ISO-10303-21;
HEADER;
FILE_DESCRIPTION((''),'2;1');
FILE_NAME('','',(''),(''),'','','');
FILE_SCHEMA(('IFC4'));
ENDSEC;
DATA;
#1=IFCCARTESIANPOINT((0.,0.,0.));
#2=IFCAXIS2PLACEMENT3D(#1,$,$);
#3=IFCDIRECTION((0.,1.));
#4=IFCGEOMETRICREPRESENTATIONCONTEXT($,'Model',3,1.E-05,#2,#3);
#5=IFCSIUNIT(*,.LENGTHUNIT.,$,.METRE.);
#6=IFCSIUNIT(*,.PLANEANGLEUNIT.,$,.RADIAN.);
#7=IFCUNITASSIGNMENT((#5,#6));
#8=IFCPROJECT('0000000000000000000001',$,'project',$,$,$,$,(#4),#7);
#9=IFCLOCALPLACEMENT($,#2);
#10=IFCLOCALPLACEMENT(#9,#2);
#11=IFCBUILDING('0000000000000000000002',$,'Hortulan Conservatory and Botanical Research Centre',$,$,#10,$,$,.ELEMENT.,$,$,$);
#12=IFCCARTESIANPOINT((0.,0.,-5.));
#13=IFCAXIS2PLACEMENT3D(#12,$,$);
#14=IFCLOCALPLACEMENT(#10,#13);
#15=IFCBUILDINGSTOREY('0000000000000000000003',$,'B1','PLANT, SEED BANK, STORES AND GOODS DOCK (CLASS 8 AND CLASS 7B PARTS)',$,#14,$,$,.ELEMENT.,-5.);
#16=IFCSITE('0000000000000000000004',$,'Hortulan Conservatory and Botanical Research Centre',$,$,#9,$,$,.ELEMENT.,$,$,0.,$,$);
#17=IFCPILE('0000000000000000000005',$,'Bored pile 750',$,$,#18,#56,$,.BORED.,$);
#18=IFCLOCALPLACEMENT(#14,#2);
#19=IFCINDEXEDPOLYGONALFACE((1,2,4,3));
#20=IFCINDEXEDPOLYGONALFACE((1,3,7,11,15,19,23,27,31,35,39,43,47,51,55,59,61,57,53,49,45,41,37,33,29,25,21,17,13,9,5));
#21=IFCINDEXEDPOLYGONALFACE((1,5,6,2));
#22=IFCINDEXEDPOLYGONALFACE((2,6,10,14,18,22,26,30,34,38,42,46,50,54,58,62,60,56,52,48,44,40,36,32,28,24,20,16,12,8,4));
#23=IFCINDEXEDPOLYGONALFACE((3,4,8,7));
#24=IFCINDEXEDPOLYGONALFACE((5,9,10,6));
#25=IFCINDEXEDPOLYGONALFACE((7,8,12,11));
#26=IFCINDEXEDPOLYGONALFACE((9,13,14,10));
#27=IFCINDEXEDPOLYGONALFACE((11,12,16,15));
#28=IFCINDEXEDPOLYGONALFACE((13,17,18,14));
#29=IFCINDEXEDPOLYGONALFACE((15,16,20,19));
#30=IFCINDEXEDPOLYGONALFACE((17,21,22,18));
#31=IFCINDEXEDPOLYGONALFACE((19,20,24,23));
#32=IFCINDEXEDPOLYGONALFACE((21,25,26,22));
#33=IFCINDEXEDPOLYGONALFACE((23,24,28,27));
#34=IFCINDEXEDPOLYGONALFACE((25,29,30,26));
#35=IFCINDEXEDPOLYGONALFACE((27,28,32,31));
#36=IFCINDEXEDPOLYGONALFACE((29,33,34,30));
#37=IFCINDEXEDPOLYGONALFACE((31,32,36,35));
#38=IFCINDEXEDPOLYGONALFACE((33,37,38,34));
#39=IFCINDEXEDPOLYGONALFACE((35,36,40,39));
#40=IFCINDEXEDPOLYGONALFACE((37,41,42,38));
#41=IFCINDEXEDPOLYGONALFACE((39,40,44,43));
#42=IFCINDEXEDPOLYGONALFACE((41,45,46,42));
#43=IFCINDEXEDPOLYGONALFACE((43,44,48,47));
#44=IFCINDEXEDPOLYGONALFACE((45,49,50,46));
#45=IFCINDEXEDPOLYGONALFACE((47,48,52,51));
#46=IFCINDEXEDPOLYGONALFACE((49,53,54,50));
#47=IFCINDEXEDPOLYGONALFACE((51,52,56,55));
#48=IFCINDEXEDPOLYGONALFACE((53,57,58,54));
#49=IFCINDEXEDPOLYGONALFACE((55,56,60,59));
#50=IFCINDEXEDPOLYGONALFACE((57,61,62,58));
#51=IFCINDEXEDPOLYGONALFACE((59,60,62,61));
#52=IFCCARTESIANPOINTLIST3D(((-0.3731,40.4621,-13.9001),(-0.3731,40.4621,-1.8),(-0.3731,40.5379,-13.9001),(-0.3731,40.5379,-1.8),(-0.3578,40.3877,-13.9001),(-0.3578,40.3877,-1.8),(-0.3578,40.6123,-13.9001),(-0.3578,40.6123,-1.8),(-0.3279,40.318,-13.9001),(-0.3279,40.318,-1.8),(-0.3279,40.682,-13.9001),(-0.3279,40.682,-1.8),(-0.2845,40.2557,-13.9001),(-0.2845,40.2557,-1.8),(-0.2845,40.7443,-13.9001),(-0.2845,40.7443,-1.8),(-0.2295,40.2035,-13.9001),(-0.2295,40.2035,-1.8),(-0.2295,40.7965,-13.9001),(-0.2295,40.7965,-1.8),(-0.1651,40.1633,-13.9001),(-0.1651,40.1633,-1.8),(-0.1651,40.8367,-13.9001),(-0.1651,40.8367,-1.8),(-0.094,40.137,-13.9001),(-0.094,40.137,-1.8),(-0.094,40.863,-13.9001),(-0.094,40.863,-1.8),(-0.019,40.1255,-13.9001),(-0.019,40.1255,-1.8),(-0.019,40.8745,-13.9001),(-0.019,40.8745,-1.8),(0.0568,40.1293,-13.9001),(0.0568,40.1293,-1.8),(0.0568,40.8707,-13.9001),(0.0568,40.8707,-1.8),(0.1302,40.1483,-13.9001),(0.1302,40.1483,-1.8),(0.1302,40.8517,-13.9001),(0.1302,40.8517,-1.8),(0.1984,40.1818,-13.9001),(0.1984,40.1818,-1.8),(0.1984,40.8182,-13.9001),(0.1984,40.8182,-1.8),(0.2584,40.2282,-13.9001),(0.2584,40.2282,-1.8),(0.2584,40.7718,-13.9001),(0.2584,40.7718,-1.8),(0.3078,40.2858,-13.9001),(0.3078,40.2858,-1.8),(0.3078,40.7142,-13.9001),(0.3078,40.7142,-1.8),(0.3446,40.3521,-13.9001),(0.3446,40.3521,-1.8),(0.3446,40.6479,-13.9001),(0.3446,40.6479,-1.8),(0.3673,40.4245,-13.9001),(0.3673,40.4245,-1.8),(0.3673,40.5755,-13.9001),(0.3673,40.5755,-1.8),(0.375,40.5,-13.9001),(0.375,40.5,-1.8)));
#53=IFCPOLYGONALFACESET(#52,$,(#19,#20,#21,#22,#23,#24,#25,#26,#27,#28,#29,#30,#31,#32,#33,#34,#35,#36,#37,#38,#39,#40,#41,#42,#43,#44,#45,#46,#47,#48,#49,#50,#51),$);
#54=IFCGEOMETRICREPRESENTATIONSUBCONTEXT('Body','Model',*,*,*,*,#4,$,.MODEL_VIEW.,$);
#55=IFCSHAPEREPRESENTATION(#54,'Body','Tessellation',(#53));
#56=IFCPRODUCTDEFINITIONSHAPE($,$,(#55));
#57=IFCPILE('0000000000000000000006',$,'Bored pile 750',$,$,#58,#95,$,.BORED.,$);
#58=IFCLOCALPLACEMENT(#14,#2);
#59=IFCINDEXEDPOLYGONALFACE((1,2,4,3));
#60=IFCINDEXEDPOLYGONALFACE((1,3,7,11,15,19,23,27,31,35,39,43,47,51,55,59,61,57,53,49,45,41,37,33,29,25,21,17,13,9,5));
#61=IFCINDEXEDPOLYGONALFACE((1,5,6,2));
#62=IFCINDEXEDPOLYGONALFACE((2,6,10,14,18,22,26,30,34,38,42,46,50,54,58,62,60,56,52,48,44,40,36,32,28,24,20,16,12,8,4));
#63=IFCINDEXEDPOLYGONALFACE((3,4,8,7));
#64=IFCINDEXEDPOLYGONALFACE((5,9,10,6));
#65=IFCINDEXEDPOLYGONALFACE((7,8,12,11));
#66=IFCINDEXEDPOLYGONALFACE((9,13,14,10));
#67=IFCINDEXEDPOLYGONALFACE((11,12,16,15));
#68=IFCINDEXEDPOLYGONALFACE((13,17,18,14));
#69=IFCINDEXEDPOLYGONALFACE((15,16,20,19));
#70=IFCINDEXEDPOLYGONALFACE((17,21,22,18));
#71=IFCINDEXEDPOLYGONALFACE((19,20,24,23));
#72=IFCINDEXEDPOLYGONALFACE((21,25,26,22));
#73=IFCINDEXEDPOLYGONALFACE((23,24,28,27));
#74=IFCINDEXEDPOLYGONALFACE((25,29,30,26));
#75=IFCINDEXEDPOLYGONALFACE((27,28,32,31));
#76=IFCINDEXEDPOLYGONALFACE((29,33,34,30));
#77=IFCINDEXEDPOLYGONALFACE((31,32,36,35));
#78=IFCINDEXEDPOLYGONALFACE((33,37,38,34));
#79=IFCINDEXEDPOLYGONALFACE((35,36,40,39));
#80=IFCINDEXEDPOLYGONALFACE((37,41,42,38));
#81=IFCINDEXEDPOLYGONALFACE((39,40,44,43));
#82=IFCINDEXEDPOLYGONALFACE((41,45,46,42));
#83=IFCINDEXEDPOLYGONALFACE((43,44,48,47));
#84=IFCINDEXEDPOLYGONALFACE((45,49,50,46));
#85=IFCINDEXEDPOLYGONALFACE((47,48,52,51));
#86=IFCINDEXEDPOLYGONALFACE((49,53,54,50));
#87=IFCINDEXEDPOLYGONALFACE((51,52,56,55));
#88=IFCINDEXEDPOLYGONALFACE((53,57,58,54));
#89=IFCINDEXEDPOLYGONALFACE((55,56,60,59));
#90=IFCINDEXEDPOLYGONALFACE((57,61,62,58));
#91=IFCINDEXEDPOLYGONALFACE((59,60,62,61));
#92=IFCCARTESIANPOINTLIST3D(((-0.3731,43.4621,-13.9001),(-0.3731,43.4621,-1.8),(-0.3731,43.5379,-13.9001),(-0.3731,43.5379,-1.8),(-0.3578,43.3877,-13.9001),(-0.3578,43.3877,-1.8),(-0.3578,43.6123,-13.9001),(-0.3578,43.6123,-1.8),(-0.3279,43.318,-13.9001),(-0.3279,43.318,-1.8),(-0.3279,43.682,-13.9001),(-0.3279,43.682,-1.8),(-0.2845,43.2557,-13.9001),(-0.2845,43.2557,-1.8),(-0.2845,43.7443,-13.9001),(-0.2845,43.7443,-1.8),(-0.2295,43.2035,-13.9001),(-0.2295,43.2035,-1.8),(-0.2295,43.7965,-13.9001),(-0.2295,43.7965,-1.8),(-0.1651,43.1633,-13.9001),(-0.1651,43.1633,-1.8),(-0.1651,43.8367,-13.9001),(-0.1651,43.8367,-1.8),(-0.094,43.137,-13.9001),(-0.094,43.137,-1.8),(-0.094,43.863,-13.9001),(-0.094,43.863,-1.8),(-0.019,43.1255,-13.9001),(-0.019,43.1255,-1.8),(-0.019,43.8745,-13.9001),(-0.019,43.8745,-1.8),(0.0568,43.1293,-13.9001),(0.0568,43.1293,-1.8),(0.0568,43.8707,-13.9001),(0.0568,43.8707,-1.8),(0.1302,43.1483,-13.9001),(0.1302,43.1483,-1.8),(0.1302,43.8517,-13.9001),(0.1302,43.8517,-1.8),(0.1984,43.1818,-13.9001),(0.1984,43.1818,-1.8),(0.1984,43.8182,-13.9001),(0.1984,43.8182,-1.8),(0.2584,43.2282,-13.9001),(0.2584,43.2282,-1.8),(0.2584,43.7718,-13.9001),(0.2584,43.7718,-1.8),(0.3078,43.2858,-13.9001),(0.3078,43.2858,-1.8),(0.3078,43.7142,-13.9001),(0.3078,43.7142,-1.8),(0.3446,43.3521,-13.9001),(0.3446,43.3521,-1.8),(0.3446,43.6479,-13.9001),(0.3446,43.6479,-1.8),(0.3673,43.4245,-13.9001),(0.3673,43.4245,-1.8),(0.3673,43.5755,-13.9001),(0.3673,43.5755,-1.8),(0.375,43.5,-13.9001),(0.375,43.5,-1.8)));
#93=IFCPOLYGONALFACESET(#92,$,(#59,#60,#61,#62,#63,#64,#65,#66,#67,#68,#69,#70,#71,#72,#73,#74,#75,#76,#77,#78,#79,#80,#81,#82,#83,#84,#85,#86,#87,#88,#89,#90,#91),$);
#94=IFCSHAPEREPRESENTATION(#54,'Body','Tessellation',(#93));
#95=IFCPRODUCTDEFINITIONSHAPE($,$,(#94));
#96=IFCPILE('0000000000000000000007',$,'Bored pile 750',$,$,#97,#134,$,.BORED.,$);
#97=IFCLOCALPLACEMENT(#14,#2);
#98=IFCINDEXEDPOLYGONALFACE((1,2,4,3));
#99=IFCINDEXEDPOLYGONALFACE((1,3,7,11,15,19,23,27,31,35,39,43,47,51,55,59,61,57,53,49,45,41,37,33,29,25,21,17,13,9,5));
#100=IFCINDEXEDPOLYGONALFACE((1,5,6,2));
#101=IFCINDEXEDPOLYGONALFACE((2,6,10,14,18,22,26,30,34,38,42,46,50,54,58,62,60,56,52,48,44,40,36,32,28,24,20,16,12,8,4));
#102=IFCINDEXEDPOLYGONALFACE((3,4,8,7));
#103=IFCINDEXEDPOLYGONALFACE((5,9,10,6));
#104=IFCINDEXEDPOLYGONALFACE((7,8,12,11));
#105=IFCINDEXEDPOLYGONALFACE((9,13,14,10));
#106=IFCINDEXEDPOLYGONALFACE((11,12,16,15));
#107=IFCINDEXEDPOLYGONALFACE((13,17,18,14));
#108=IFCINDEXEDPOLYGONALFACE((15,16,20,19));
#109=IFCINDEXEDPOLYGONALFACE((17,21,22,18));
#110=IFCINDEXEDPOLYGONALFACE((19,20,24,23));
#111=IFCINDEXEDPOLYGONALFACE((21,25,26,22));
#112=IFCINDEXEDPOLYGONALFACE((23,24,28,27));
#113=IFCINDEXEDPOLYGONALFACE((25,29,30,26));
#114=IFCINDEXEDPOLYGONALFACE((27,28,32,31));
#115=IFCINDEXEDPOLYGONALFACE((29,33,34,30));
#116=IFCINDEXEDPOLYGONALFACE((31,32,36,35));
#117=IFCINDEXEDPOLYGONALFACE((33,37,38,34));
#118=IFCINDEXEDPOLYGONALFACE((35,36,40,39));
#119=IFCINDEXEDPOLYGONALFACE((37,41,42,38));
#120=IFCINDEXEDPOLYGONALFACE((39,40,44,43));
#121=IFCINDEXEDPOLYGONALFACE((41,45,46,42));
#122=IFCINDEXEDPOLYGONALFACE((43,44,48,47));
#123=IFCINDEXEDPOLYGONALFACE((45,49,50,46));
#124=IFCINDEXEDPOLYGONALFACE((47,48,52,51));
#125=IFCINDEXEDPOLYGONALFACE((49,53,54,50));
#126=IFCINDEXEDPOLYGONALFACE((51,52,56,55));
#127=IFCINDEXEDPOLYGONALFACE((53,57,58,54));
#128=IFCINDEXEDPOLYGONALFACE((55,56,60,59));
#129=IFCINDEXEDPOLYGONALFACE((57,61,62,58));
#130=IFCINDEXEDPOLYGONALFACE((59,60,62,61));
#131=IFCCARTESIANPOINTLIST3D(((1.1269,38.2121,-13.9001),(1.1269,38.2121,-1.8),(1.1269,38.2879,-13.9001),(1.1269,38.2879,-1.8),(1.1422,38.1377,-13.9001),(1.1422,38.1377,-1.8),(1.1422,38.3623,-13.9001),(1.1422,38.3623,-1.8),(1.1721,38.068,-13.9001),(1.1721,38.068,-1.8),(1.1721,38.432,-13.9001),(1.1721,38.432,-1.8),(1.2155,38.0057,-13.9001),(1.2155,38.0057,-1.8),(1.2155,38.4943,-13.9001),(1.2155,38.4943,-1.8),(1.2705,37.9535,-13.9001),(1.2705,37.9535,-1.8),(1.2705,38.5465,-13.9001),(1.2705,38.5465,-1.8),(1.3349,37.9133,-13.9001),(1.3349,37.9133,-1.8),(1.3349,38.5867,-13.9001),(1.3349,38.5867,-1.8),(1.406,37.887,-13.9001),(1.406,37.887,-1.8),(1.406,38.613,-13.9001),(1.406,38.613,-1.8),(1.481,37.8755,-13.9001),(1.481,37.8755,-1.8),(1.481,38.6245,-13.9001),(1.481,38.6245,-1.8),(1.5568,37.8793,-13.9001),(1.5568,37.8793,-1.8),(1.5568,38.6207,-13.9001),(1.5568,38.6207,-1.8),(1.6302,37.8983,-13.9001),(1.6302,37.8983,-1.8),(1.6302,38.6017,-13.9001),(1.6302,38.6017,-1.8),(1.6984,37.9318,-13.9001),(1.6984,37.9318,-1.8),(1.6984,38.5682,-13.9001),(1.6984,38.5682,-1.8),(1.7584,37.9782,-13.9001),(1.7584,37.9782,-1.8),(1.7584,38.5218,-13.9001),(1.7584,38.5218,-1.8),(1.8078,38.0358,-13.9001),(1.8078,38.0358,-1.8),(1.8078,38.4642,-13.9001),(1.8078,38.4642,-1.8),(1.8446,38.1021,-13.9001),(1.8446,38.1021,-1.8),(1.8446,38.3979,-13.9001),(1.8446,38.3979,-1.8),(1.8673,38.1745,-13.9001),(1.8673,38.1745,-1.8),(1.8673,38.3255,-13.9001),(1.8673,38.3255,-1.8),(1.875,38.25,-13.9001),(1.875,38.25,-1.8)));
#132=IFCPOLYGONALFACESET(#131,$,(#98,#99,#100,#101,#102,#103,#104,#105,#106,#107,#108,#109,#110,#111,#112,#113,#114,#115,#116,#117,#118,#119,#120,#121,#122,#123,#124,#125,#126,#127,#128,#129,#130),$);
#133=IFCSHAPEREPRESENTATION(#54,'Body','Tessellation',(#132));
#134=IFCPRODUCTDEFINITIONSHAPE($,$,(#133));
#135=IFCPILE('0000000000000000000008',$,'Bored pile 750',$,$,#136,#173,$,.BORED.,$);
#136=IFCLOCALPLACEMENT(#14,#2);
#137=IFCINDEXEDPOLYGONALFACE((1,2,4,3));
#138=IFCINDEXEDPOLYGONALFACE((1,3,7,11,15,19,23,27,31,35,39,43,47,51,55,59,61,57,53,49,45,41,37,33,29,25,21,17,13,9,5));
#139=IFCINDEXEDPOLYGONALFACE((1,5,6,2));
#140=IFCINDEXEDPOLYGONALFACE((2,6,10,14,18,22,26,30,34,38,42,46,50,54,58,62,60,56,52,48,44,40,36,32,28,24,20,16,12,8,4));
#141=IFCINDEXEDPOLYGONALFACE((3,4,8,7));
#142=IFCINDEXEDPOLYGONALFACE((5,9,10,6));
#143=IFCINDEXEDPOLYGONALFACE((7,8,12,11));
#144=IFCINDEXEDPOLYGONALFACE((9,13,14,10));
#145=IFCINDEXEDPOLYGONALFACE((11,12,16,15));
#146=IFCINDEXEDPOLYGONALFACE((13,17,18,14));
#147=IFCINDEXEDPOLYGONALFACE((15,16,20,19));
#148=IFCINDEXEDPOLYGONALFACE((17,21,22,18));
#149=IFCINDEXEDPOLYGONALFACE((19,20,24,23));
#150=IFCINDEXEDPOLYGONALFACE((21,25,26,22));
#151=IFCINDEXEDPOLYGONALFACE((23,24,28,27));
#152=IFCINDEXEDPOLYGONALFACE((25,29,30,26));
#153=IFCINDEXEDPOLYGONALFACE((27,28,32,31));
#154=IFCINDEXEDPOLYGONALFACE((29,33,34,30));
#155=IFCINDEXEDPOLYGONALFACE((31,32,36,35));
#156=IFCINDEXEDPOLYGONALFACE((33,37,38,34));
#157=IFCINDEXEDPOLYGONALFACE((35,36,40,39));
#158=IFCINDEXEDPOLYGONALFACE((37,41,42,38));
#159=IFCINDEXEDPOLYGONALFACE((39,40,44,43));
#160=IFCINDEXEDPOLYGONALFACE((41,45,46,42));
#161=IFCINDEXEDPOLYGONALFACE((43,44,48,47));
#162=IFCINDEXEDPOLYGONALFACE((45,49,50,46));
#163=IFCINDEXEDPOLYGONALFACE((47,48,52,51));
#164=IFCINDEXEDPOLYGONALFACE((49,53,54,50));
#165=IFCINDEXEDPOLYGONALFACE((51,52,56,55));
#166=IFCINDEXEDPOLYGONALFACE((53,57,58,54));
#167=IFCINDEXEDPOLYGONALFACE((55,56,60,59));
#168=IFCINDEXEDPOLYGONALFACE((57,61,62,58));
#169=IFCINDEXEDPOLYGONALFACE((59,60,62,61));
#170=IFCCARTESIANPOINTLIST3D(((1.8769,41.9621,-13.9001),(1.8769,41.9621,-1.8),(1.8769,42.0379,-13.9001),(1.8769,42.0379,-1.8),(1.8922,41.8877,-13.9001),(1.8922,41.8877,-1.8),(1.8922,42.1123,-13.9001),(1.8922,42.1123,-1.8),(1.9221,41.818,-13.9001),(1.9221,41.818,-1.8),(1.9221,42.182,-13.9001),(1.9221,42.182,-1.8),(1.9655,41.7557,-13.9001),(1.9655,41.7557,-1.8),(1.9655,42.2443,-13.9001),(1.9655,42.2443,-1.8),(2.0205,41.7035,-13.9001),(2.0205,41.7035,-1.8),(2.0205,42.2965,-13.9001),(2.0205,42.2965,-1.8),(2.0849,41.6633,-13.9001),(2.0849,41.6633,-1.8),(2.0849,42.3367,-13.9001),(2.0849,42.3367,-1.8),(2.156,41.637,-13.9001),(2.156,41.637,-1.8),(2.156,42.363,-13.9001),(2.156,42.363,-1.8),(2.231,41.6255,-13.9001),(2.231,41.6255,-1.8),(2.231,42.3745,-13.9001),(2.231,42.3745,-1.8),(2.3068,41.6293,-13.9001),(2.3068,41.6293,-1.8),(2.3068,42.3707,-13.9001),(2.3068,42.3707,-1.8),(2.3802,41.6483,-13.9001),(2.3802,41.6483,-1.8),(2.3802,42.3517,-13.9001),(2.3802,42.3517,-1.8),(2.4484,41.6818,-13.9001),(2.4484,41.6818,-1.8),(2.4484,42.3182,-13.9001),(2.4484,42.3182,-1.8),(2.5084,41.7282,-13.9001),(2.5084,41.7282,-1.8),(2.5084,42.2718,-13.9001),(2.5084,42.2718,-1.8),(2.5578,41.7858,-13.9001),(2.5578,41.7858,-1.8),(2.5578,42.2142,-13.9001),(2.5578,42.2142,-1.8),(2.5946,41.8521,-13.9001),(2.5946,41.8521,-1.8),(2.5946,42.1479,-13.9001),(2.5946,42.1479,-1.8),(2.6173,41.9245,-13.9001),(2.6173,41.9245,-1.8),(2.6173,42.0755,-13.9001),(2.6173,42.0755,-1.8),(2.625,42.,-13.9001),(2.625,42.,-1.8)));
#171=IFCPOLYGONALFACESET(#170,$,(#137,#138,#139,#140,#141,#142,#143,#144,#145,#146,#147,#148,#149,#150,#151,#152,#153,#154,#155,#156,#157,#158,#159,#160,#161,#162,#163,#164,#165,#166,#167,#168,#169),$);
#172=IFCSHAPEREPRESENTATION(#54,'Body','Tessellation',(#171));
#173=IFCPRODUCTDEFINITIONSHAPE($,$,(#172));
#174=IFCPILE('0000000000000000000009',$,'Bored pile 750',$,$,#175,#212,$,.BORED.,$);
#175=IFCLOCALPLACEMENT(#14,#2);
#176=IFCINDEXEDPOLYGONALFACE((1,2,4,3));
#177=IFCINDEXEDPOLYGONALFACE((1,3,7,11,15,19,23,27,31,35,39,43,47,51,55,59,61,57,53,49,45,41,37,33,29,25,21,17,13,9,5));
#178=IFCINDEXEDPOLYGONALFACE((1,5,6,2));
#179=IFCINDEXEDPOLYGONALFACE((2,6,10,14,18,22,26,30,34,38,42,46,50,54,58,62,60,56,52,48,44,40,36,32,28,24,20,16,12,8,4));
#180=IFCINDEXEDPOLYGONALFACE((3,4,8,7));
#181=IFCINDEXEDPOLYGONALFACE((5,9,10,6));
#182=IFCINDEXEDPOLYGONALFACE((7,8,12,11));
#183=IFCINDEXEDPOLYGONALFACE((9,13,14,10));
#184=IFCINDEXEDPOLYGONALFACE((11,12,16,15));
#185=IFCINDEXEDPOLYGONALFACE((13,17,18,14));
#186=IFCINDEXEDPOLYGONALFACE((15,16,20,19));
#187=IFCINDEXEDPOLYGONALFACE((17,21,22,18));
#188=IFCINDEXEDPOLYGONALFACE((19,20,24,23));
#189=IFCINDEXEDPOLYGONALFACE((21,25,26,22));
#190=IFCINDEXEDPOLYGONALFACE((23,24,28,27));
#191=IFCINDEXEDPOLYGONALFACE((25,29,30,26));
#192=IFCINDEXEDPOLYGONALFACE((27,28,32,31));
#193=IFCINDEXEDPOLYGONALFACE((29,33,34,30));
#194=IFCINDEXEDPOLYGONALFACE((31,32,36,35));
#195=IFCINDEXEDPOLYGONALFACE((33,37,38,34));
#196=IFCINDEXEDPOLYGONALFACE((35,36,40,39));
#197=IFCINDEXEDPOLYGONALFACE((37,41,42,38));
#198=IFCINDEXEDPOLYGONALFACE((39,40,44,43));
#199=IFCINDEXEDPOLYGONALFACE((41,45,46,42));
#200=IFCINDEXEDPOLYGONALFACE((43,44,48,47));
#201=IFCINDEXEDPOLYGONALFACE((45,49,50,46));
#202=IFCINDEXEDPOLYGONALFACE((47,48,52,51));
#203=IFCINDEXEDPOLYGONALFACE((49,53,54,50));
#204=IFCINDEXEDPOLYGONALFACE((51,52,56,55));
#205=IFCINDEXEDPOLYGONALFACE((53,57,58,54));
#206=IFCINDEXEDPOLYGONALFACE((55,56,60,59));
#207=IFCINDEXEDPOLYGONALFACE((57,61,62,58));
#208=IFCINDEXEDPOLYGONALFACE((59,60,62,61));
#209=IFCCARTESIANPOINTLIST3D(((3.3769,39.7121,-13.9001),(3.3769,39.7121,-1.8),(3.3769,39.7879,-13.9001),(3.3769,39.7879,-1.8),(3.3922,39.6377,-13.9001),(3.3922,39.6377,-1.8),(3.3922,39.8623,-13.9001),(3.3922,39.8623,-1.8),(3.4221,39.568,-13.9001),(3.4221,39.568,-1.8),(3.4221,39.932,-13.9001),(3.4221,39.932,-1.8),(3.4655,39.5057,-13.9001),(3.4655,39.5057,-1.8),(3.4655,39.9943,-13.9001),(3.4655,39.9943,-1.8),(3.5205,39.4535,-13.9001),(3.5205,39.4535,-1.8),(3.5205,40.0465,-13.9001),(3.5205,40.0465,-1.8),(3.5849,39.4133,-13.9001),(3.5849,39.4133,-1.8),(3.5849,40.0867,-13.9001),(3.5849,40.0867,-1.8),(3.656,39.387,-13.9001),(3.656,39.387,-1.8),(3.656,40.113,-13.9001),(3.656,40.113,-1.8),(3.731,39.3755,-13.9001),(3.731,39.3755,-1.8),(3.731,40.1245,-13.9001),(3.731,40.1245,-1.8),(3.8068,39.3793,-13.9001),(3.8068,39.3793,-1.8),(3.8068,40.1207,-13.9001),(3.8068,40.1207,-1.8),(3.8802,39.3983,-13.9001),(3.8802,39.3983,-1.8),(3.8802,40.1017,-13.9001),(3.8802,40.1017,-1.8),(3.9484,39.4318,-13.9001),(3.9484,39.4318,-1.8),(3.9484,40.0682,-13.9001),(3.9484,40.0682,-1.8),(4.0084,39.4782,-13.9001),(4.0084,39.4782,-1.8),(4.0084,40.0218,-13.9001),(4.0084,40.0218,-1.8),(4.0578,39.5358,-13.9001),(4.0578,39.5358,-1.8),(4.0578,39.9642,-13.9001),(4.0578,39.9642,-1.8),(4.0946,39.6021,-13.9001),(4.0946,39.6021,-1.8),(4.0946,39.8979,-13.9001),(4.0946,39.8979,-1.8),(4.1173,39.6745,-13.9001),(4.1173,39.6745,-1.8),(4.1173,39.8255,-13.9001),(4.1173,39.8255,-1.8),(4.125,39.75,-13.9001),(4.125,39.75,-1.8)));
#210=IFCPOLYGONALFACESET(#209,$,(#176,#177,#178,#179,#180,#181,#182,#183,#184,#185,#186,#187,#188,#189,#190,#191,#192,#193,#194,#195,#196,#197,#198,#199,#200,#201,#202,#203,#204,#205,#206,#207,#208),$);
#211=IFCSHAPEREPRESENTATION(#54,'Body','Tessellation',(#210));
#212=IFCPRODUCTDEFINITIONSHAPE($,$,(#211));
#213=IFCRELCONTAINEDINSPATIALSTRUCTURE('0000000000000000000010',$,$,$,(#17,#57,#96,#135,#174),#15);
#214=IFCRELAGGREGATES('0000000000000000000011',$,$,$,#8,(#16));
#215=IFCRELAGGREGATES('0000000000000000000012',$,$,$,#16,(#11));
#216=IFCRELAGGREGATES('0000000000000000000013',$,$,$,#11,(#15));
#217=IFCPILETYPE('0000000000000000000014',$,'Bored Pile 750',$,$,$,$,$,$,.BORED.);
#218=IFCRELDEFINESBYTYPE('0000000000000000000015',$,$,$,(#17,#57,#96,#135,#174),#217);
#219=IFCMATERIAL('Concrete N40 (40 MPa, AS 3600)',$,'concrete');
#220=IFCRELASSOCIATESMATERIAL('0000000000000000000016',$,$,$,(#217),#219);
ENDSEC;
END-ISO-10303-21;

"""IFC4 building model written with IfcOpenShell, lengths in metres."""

from ifc_helpers import new_model, si_unit, direction, frame, origin, origin_2d, place, context, subcontext, project, spatial, circle, extrude, material, material_profile, profile_set, type_object, element, save


model = new_model("IFC4")

# Units and contexts
model_context = context("Model", 3, precision=1e-05, world=origin(), true_north=direction((0.0, 1.0)))
body_context = subcontext(model_context, "Body", "Model", "MODEL_VIEW")
ifc_project = project(units=[si_unit("LENGTHUNIT", "METRE"), si_unit("PLANEANGLEUNIT", "RADIAN")], contexts=[model_context])

# Site, building, storey
site_placement = place(None, origin())
site = spatial("IfcSite", under=ifc_project, at=site_placement, Name="Hortulan Conservatory and Botanical Research Centre", CompositionType="ELEMENT", RefElevation=0.0)
building_placement = place(site_placement, origin())
building = spatial("IfcBuilding", under=site, at=building_placement, Name="Hortulan Conservatory and Botanical Research Centre", CompositionType="ELEMENT")
storey_placement = place(building_placement, frame((0.0, 0.0, -5.0)))
storey = spatial("IfcBuildingStorey", under=building, at=storey_placement, Name="B1", Description="PLANT, SEED BANK, STORES AND GOODS DOCK (CLASS 8 AND CLASS 7B PARTS)", CompositionType="ELEMENT", Elevation=-5.0)

# Piles
ifc_material_1 = material(Name="Concrete N40 (40 MPa, AS 3600)", Category="concrete")
ifc_material_profile = material_profile(ifc_material_1, circle(Radius=0.375, at=origin_2d()), Name="Bored pile 750 diameter")
ifc_profile_set = profile_set([ifc_material_profile], Name="Concrete N40 (40 MPa, AS 3600)")
pile_type = type_object("IfcPileType", Name="Bored Pile 750", PredefinedType="BORED", material=ifc_profile_set)
for number, where, z_axis, x_axis, name in (
    (1, (0.0, 40.5, -1.8), (0.0, 0.0, -1.0), (1.0, 0.0, 0.0), "Bored pile 750"),
    (2, (0.0, 43.5, -1.8), (0.0, 0.0, -1.0), (1.0, 0.0, 0.0), "Bored pile 750"),
    (3, (1.5, 38.25, -1.8), (0.0, 0.0, -1.0), (1.0, 0.0, 0.0), "Bored pile 750"),
    (4, (2.25, 42.0, -1.8), (0.0, 0.0, -1.0), (1.0, 0.0, 0.0), "Bored pile 750"),
    (5, (3.75, 39.75, -1.8), (0.0, 0.0, -1.0), (1.0, 0.0, 0.0), "Bored pile 750"),
):
    element("IfcPile", number, at=place(storey_placement, frame(where, z_axis=z_axis, x_axis=x_axis)), inside=storey, type_object=pile_type, Name=name, PredefinedType="BORED", context=body_context, shape_type="SweptSolid", body=[
        extrude(circle(Radius=0.375, at=origin_2d()), origin(), (0.0, 0.0, 1.0), 12.1001),
    ])

save(model, "model.ifc")
